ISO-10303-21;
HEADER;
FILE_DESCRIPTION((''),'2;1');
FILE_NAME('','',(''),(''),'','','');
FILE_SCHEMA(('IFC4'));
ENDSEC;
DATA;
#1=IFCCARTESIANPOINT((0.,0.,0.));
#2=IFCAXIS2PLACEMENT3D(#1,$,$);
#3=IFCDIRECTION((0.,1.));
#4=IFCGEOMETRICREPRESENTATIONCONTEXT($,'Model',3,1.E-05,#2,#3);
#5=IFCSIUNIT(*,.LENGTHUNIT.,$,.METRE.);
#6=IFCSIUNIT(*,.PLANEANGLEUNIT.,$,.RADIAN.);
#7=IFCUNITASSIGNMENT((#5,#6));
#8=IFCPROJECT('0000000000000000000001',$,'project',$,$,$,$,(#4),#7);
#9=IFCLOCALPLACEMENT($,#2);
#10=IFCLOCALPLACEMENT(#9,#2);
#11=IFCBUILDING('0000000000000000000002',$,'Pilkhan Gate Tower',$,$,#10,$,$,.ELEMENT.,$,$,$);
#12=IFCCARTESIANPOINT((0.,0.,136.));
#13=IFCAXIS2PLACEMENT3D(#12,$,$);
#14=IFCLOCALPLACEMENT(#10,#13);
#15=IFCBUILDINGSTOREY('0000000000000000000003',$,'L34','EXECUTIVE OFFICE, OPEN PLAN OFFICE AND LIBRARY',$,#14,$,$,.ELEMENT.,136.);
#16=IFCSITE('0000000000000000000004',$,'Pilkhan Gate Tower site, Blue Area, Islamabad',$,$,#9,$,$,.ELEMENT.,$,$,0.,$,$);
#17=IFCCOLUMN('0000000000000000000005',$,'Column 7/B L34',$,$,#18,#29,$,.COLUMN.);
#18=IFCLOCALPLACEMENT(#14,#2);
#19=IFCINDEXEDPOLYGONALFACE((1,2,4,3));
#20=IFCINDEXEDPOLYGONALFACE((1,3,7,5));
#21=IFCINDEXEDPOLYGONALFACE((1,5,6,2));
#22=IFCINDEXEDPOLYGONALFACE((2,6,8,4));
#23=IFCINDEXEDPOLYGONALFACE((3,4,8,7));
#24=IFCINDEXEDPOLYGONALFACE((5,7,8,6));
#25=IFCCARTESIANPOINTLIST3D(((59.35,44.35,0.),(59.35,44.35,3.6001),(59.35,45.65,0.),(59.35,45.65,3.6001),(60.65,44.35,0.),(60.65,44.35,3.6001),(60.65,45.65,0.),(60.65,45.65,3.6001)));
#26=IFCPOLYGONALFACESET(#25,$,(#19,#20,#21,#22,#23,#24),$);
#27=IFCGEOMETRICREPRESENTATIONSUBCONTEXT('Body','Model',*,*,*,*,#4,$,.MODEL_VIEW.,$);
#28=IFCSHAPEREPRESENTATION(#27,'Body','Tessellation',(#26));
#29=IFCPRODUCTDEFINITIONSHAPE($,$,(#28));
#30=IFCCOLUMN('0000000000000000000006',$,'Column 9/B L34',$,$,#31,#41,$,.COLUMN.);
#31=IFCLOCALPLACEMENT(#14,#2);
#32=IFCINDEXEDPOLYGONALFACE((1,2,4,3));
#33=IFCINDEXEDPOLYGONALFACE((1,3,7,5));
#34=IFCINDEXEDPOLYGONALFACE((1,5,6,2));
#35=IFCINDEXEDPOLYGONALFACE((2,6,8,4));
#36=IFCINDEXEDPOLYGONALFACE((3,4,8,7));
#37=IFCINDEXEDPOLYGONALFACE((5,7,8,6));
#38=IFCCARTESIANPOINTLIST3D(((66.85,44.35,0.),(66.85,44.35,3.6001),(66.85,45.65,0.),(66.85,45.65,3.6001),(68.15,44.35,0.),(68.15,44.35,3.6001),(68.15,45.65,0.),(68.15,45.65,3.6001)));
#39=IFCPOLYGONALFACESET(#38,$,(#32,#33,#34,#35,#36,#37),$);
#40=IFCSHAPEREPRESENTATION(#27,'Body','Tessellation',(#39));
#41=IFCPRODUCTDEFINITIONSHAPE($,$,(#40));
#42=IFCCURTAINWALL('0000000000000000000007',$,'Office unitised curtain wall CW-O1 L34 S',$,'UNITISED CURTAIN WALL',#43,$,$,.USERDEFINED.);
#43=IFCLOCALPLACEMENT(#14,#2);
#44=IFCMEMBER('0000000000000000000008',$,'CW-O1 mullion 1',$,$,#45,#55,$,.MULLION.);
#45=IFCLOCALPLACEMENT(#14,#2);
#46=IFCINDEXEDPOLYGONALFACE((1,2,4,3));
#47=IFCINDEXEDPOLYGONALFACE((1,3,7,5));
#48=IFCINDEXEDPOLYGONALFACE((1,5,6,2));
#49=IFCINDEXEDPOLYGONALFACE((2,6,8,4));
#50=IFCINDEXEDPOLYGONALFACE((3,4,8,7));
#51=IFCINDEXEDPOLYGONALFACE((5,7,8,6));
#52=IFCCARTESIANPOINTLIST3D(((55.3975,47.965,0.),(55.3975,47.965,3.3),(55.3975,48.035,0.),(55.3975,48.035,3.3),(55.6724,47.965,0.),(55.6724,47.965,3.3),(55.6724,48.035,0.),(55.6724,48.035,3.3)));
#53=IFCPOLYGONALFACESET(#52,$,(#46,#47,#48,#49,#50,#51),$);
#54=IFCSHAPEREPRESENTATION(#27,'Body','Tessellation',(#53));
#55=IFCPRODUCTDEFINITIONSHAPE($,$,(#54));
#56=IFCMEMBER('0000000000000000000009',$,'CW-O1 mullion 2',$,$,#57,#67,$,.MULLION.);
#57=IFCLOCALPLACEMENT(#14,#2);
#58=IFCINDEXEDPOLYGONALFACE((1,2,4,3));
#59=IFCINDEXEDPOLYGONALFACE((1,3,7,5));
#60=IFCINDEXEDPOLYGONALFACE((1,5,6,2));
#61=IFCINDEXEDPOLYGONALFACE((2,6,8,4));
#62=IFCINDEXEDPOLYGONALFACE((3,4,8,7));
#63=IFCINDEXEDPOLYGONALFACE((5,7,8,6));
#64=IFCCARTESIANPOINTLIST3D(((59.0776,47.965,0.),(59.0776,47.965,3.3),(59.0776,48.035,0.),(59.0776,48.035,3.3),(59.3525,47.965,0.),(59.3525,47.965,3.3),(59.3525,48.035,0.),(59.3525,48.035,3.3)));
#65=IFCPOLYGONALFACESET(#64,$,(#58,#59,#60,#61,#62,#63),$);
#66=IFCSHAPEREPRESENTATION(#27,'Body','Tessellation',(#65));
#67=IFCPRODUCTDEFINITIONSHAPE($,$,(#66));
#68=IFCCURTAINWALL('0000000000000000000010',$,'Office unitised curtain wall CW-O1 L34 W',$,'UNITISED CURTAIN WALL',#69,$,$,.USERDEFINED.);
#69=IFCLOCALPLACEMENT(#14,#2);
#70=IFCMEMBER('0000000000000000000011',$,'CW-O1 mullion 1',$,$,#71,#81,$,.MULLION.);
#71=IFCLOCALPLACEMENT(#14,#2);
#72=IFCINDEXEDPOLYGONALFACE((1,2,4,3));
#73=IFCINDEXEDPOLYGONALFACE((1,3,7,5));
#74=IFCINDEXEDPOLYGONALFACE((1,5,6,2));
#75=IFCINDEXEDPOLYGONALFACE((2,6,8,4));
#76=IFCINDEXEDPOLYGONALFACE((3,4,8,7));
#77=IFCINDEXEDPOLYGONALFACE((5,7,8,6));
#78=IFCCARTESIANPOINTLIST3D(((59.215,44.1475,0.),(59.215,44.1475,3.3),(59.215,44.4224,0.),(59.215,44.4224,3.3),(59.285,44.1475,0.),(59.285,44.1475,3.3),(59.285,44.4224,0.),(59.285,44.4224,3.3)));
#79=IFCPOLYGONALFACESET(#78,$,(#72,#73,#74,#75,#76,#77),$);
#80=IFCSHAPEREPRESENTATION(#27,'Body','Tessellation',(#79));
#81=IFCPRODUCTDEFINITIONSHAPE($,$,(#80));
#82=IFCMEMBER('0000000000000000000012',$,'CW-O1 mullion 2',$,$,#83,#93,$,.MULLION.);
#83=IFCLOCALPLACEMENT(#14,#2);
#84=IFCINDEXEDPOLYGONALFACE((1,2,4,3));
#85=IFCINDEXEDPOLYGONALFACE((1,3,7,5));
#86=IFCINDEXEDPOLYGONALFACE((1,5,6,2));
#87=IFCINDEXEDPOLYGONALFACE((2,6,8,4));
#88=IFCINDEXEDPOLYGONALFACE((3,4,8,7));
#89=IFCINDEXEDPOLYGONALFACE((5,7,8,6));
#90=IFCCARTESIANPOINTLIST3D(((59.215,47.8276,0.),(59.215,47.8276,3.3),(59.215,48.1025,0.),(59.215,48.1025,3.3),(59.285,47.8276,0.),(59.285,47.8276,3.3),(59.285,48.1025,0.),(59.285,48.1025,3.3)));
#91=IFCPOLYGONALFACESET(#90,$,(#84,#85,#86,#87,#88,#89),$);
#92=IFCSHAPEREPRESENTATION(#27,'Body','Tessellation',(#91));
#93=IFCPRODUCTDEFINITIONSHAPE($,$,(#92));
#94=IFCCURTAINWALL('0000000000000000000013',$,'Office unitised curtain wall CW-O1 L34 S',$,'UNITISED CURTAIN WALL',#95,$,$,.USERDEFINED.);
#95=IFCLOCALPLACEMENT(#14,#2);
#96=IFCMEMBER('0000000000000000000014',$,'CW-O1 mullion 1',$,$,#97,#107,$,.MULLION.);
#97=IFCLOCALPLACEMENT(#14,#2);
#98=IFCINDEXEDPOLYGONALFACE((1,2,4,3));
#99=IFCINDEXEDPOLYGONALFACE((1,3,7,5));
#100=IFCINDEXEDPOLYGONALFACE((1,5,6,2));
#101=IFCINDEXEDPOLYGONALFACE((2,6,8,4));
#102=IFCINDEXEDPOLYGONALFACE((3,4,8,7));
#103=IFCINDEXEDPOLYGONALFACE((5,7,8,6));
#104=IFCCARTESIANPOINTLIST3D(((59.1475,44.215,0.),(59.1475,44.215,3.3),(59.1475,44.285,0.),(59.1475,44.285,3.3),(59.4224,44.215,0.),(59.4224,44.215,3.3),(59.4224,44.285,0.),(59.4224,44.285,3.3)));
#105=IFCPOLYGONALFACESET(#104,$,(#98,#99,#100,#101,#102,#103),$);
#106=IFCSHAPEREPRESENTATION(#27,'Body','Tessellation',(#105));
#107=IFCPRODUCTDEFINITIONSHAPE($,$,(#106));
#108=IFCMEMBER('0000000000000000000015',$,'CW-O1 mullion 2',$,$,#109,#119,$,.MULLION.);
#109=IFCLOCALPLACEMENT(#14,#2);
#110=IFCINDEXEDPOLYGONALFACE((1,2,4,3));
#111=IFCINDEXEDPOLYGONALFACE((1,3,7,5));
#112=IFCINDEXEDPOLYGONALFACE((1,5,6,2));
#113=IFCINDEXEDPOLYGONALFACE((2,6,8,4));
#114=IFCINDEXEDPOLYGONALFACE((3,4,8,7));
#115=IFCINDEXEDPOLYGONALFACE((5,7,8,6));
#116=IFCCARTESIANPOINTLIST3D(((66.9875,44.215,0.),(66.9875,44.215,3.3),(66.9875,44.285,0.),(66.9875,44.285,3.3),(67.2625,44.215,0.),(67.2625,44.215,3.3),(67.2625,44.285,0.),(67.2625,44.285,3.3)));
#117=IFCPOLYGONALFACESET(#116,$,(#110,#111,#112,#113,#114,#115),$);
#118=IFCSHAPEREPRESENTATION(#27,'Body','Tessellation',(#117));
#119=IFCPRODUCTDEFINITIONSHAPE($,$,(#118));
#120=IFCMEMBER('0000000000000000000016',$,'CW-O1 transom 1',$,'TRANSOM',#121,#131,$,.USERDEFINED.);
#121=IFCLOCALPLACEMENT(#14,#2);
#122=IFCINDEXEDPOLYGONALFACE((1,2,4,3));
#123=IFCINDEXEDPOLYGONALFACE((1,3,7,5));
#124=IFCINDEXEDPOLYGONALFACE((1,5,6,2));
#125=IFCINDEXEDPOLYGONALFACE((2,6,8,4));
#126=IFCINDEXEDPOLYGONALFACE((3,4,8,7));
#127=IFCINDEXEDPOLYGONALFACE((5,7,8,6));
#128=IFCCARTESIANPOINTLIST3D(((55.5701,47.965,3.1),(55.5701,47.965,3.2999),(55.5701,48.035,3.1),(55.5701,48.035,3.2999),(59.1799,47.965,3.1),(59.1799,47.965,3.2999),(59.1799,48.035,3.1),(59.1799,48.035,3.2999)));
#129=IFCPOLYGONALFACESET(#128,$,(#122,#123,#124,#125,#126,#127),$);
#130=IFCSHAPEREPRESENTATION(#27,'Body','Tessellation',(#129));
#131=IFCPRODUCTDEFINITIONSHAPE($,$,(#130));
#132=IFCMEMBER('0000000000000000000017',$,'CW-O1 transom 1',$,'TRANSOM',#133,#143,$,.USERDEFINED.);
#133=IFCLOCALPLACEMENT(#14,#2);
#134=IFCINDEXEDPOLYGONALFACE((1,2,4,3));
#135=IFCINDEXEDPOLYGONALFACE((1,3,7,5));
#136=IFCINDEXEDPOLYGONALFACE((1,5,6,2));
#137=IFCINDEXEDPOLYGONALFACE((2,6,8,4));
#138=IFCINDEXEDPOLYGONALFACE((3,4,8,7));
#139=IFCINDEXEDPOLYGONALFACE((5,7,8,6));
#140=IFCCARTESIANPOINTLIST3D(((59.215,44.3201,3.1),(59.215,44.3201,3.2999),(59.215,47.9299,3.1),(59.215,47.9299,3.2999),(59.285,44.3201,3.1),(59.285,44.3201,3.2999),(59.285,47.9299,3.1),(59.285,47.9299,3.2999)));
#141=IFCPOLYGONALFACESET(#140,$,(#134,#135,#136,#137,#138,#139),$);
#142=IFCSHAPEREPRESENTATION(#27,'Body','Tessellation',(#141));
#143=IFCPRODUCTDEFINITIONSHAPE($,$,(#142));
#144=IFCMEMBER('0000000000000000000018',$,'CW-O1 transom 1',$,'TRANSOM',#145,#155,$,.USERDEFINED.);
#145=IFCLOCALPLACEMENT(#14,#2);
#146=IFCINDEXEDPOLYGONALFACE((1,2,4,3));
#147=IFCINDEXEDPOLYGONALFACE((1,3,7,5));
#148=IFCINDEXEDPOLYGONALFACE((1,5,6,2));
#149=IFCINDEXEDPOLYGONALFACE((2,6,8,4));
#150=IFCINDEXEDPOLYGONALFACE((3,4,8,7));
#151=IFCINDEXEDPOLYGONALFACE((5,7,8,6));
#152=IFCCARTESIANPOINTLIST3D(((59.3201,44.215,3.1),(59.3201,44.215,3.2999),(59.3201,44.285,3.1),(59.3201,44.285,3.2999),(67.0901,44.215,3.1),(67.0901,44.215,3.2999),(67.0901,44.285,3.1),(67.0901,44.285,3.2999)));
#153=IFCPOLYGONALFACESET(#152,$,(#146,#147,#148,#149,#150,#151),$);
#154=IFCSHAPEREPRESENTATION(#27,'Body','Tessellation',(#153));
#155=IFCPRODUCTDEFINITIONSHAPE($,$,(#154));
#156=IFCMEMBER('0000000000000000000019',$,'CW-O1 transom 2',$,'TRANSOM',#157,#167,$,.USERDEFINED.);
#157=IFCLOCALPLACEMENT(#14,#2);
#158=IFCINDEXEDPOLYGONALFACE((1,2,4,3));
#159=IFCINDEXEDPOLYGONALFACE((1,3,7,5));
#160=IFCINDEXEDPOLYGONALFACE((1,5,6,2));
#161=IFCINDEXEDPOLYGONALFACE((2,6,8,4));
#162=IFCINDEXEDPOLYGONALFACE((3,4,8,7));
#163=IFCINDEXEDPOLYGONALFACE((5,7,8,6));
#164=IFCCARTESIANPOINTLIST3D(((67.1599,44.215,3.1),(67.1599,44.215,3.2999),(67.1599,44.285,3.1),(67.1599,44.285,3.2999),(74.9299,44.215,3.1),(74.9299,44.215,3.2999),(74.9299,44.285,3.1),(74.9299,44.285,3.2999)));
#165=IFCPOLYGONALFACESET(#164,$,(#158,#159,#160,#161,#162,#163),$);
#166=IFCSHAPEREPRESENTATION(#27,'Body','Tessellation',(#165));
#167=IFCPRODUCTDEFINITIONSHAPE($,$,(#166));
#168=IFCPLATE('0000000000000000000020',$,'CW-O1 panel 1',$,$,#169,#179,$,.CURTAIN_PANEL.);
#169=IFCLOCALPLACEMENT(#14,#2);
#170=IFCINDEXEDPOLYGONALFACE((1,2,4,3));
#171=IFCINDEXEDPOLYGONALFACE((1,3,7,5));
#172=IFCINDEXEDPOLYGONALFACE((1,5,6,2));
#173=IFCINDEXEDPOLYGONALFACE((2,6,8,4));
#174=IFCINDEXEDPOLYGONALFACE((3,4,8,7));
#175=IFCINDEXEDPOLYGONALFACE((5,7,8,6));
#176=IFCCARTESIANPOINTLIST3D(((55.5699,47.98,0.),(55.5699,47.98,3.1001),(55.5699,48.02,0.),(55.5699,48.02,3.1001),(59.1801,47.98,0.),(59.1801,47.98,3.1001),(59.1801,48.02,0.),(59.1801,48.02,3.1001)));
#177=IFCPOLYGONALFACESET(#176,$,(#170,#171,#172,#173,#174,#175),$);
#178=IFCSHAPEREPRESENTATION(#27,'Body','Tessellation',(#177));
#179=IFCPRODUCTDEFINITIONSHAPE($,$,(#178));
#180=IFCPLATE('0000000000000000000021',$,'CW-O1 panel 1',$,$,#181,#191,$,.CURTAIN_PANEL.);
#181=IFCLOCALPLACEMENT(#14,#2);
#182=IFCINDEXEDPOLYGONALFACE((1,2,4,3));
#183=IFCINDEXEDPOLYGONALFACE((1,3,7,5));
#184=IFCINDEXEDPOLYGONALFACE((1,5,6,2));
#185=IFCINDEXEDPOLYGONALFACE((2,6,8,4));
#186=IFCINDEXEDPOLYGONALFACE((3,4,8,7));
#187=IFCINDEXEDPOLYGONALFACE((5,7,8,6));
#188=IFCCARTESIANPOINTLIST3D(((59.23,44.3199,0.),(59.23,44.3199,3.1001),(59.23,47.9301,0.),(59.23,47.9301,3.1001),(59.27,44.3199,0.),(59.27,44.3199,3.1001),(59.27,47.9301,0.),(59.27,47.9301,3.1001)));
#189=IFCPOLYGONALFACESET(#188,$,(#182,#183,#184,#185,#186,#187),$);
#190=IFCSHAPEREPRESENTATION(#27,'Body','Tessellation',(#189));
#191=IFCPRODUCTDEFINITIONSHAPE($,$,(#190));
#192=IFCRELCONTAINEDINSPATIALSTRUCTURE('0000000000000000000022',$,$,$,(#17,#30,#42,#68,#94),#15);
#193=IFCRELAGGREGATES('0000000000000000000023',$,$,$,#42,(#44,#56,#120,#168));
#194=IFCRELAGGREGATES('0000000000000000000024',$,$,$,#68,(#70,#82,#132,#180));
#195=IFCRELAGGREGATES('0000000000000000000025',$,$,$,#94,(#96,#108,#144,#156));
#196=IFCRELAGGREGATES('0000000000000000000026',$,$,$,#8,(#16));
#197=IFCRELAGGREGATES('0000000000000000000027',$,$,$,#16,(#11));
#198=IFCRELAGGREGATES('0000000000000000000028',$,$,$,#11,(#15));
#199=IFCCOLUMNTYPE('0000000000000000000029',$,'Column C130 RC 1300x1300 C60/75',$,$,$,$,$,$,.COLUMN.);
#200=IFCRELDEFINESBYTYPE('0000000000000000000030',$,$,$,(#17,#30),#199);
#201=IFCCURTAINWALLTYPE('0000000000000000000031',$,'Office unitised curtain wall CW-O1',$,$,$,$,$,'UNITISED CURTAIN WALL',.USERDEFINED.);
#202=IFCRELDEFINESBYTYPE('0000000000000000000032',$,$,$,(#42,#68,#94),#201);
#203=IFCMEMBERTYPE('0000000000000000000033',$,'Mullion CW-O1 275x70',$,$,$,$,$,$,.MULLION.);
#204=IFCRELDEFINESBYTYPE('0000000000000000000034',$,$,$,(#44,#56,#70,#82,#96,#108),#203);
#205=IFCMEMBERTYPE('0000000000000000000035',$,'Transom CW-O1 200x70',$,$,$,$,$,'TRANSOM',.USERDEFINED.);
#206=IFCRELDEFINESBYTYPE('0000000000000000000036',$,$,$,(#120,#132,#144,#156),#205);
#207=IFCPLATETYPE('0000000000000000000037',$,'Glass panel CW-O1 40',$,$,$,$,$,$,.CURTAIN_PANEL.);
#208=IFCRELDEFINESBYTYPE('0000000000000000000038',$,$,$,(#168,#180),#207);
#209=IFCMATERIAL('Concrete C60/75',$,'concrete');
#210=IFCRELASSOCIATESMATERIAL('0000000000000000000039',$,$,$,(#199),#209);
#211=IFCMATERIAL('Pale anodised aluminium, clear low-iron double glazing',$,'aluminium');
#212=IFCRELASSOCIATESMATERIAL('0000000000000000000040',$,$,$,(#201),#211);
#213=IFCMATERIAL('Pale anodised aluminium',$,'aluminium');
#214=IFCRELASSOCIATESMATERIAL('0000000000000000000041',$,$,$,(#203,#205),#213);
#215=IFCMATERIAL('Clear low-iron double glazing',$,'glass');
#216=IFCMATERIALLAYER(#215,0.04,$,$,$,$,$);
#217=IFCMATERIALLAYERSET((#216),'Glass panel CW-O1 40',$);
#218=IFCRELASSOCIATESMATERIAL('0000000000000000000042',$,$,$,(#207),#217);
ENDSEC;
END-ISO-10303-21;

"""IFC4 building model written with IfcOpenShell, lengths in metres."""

from ifc_helpers import new_model, si_unit, direction, frame, origin, origin_2d, place, context, subcontext, project, spatial, rectangle, extrude, material, layer, layer_set, material_profile, profile_set, type_object, element, aggregate, save


model = new_model("IFC4")

# Units and contexts
model_context = context("Model", 3, precision=1e-05, world=origin(), true_north=direction((0.0, 1.0)))
body_context = subcontext(model_context, "Body", "Model", "MODEL_VIEW")
ifc_project = project(units=[si_unit("LENGTHUNIT", "METRE"), si_unit("PLANEANGLEUNIT", "RADIAN")], contexts=[model_context])

# Site, building, storey
site_placement = place(None, origin())
site = spatial("IfcSite", under=ifc_project, at=site_placement, Name="Pilkhan Gate Tower site, Blue Area, Islamabad", CompositionType="ELEMENT", RefElevation=0.0)
building_placement = place(site_placement, origin())
building = spatial("IfcBuilding", under=site, at=building_placement, Name="Pilkhan Gate Tower", CompositionType="ELEMENT")
storey_placement = place(building_placement, frame((0.0, 0.0, 136.0)))
storey = spatial("IfcBuildingStorey", under=building, at=storey_placement, Name="L34", Description="EXECUTIVE OFFICE, OPEN PLAN OFFICE AND LIBRARY", CompositionType="ELEMENT", Elevation=136.0)

# Columns
ifc_material_1 = material(Name="Concrete C60/75", Category="concrete")
ifc_material_profile_1 = material_profile(ifc_material_1, rectangle(XDim=1.3, YDim=1.3, at=origin_2d()), Name="RC 1300x1300")
ifc_profile_set_1 = profile_set([ifc_material_profile_1], Name="Concrete C60/75")
column_type = type_object("IfcColumnType", Name="Column C130 RC 1300x1300 C60/75", PredefinedType="COLUMN", material=ifc_profile_set_1)
for number, where, z_axis, x_axis, name in (
    (1, (60.0, 45.0, 0.0), (0.0, 0.0, 1.0), (1.0, 0.0, 0.0), "Column 7/B L34"),
    (2, (67.5, 45.0, 0.0), (0.0, 0.0, 1.0), (1.0, 0.0, 0.0), "Column 9/B L34"),
):
    element("IfcColumn", number, at=place(storey_placement, frame(where, z_axis=z_axis, x_axis=x_axis)), inside=storey, type_object=column_type, Name=name, PredefinedType="COLUMN", context=body_context, shape_type="SweptSolid", body=[
        extrude(rectangle(XDim=1.3, YDim=1.3, at=origin_2d()), origin(), (0.0, 0.0, 1.0), 3.6001),
    ])

# Curtain walls, members
ifc_material_2 = material(Name="Pale anodised aluminium, clear low-iron double glazing", Category="aluminium")
curtain_wall_type = type_object("IfcCurtainWallType", Name="Office unitised curtain wall CW-O1", ElementType="UNITISED CURTAIN WALL", PredefinedType="USERDEFINED", material=ifc_material_2)
curtain_wall_1_placement = place(storey_placement, origin())
curtain_wall_1 = element("IfcCurtainWall", 3, at=curtain_wall_1_placement, inside=storey, type_object=curtain_wall_type, Name="Office unitised curtain wall CW-O1 L34 S", ObjectType="UNITISED CURTAIN WALL", PredefinedType="USERDEFINED")
ifc_material_3 = material(Name="Pale anodised aluminium", Category="aluminium")
ifc_material_profile_2 = material_profile(ifc_material_3, rectangle(XDim=0.0701, YDim=0.2749, at=origin_2d()), Name="Mullion 275x70")
ifc_profile_set_2 = profile_set([ifc_material_profile_2], Name="Pale anodised aluminium")
member_type_1 = type_object("IfcMemberType", Name="Mullion CW-O1 275x70", PredefinedType="MULLION", material=ifc_profile_set_2)
member_1_placement = place(storey_placement, frame((55.5349, 48.0, 0.0), z_axis=(0.0, 0.0, 1.0), x_axis=(0.0, 1.0, 0.0)))
member_1 = element("IfcMember", 4, at=member_1_placement, type_object=member_type_1, Name="CW-O1 mullion 1", PredefinedType="MULLION", context=body_context, shape_type="SweptSolid", body=[
    extrude(rectangle(XDim=0.0701, YDim=0.2749, at=origin_2d()), origin(), (0.0, 0.0, 1.0), 3.3),
])
member_2_placement = place(storey_placement, frame((59.2151, 48.0, 0.0), z_axis=(0.0, 0.0, 1.0), x_axis=(0.0, 1.0, 0.0)))
member_2 = element("IfcMember", 5, at=member_2_placement, type_object=member_type_1, Name="CW-O1 mullion 2", PredefinedType="MULLION", context=body_context, shape_type="SweptSolid", body=[
    extrude(rectangle(XDim=0.0701, YDim=0.2749, at=origin_2d()), origin(), (0.0, 0.0, 1.0), 3.3),
])
curtain_wall_2_placement = place(storey_placement, origin())
curtain_wall_2 = element("IfcCurtainWall", 6, at=curtain_wall_2_placement, inside=storey, type_object=curtain_wall_type, Name="Office unitised curtain wall CW-O1 L34 W", ObjectType="UNITISED CURTAIN WALL", PredefinedType="USERDEFINED")
member_3_placement = place(storey_placement, frame((59.25, 44.2849, 0.0), z_axis=(0.0, 0.0, 1.0), x_axis=(-1.0, 0.0, 0.0)))
member_3 = element("IfcMember", 7, at=member_3_placement, type_object=member_type_1, Name="CW-O1 mullion 1", PredefinedType="MULLION", context=body_context, shape_type="SweptSolid", body=[
    extrude(rectangle(XDim=0.0701, YDim=0.2749, at=origin_2d()), origin(), (0.0, 0.0, 1.0), 3.3),
])
member_4_placement = place(storey_placement, frame((59.25, 47.9651, 0.0), z_axis=(0.0, 0.0, 1.0), x_axis=(-1.0, 0.0, 0.0)))
member_4 = element("IfcMember", 8, at=member_4_placement, type_object=member_type_1, Name="CW-O1 mullion 2", PredefinedType="MULLION", context=body_context, shape_type="SweptSolid", body=[
    extrude(rectangle(XDim=0.0701, YDim=0.2749, at=origin_2d()), origin(), (0.0, 0.0, 1.0), 3.3),
])
curtain_wall_3_placement = place(storey_placement, origin())
curtain_wall_3 = element("IfcCurtainWall", 9, at=curtain_wall_3_placement, inside=storey, type_object=curtain_wall_type, Name="Office unitised curtain wall CW-O1 L34 S", ObjectType="UNITISED CURTAIN WALL", PredefinedType="USERDEFINED")
member_5_placement = place(storey_placement, frame((59.2849, 44.25, 0.0), z_axis=(0.0, 0.0, 1.0), x_axis=(0.0, 1.0, 0.0)))
member_5 = element("IfcMember", 10, at=member_5_placement, type_object=member_type_1, Name="CW-O1 mullion 1", PredefinedType="MULLION", context=body_context, shape_type="SweptSolid", body=[
    extrude(rectangle(XDim=0.0701, YDim=0.2749, at=origin_2d()), origin(), (0.0, 0.0, 1.0), 3.3),
])
member_6_placement = place(storey_placement, frame((67.125, 44.25, 0.0), z_axis=(0.0, 0.0, 1.0), x_axis=(0.0, 1.0, 0.0)))
member_6 = element("IfcMember", 11, at=member_6_placement, type_object=member_type_1, Name="CW-O1 mullion 2", PredefinedType="MULLION", context=body_context, shape_type="SweptSolid", body=[
    extrude(rectangle(XDim=0.0701, YDim=0.2749, at=origin_2d()), origin(), (0.0, 0.0, 1.0), 3.3),
])

# Members
ifc_material_profile_3 = material_profile(ifc_material_3, rectangle(XDim=0.0701, YDim=0.2, at=origin_2d()), Name="Transom 200x70")
ifc_profile_set_3 = profile_set([ifc_material_profile_3], Name="Pale anodised aluminium")
member_type_2 = type_object("IfcMemberType", Name="Transom CW-O1 200x70", ElementType="TRANSOM", PredefinedType="USERDEFINED", material=ifc_profile_set_3)
member_7_placement = place(storey_placement, frame((55.5701, 48.0, 3.2), z_axis=(1.0, 0.0, 0.0), x_axis=(0.0, 1.0, 0.0)))
member_7 = element("IfcMember", 12, at=member_7_placement, type_object=member_type_2, Name="CW-O1 transom 1", ObjectType="TRANSOM", PredefinedType="USERDEFINED", context=body_context, shape_type="SweptSolid", body=[
    extrude(rectangle(XDim=0.0701, YDim=0.2, at=origin_2d()), origin(), (0.0, 0.0, 1.0), 3.6099),
])
member_8_placement = place(storey_placement, frame((59.25, 44.3201, 3.2), z_axis=(0.0, 1.0, 0.0), x_axis=(-1.0, 0.0, 0.0)))
member_8 = element("IfcMember", 13, at=member_8_placement, type_object=member_type_2, Name="CW-O1 transom 1", ObjectType="TRANSOM", PredefinedType="USERDEFINED", context=body_context, shape_type="SweptSolid", body=[
    extrude(rectangle(XDim=0.0701, YDim=0.2, at=origin_2d()), origin(), (0.0, 0.0, 1.0), 3.6099),
])
member_9_placement = place(storey_placement, frame((59.3201, 44.25, 3.2), z_axis=(1.0, 0.0, 0.0), x_axis=(0.0, 1.0, 0.0)))
member_9 = element("IfcMember", 14, at=member_9_placement, type_object=member_type_2, Name="CW-O1 transom 1", ObjectType="TRANSOM", PredefinedType="USERDEFINED", context=body_context, shape_type="SweptSolid", body=[
    extrude(rectangle(XDim=0.0701, YDim=0.2, at=origin_2d()), origin(), (0.0, 0.0, 1.0), 7.77),
])
member_10_placement = place(storey_placement, frame((67.1599, 44.25, 3.2), z_axis=(1.0, 0.0, 0.0), x_axis=(0.0, 1.0, 0.0)))
member_10 = element("IfcMember", 15, at=member_10_placement, type_object=member_type_2, Name="CW-O1 transom 2", ObjectType="TRANSOM", PredefinedType="USERDEFINED", context=body_context, shape_type="SweptSolid", body=[
    extrude(rectangle(XDim=0.0701, YDim=0.2, at=origin_2d()), origin(), (0.0, 0.0, 1.0), 7.77),
])

# Plates
ifc_material_4 = material(Name="Clear low-iron double glazing", Category="glass")
ifc_layer_1 = layer(ifc_material_4, 0.04)
ifc_layer_set_1 = layer_set([ifc_layer_1], Name="Glass panel CW-O1 40")
plate_type = type_object("IfcPlateType", Name="Glass panel CW-O1 40", PredefinedType="CURTAIN_PANEL", material=ifc_layer_set_1)
plate_1_placement = place(storey_placement, frame((57.375, 48.0, 0.0), z_axis=(0.0, 0.0, 1.0), x_axis=(1.0, 0.0, 0.0)))
plate_1 = element("IfcPlate", 16, at=plate_1_placement, type_object=plate_type, Name="CW-O1 panel 1", PredefinedType="CURTAIN_PANEL", context=body_context, shape_type="SweptSolid", body=[
    extrude(rectangle(XDim=3.6101, YDim=0.04, at=origin_2d()), origin(), (0.0, 0.0, 1.0), 3.1001),
])
aggregate(curtain_wall_1, [member_1, member_2, member_7, plate_1])
plate_2_placement = place(storey_placement, frame((59.25, 46.125, 0.0), z_axis=(0.0, 0.0, 1.0), x_axis=(0.0, 1.0, 0.0)))
plate_2 = element("IfcPlate", 17, at=plate_2_placement, type_object=plate_type, Name="CW-O1 panel 1", PredefinedType="CURTAIN_PANEL", context=body_context, shape_type="SweptSolid", body=[
    extrude(rectangle(XDim=3.6101, YDim=0.04, at=origin_2d()), origin(), (0.0, 0.0, 1.0), 3.1001),
])
aggregate(curtain_wall_2, [member_3, member_4, member_8, plate_2])
aggregate(curtain_wall_3, [member_5, member_6, member_9, member_10])

save(model, "model.ifc")
